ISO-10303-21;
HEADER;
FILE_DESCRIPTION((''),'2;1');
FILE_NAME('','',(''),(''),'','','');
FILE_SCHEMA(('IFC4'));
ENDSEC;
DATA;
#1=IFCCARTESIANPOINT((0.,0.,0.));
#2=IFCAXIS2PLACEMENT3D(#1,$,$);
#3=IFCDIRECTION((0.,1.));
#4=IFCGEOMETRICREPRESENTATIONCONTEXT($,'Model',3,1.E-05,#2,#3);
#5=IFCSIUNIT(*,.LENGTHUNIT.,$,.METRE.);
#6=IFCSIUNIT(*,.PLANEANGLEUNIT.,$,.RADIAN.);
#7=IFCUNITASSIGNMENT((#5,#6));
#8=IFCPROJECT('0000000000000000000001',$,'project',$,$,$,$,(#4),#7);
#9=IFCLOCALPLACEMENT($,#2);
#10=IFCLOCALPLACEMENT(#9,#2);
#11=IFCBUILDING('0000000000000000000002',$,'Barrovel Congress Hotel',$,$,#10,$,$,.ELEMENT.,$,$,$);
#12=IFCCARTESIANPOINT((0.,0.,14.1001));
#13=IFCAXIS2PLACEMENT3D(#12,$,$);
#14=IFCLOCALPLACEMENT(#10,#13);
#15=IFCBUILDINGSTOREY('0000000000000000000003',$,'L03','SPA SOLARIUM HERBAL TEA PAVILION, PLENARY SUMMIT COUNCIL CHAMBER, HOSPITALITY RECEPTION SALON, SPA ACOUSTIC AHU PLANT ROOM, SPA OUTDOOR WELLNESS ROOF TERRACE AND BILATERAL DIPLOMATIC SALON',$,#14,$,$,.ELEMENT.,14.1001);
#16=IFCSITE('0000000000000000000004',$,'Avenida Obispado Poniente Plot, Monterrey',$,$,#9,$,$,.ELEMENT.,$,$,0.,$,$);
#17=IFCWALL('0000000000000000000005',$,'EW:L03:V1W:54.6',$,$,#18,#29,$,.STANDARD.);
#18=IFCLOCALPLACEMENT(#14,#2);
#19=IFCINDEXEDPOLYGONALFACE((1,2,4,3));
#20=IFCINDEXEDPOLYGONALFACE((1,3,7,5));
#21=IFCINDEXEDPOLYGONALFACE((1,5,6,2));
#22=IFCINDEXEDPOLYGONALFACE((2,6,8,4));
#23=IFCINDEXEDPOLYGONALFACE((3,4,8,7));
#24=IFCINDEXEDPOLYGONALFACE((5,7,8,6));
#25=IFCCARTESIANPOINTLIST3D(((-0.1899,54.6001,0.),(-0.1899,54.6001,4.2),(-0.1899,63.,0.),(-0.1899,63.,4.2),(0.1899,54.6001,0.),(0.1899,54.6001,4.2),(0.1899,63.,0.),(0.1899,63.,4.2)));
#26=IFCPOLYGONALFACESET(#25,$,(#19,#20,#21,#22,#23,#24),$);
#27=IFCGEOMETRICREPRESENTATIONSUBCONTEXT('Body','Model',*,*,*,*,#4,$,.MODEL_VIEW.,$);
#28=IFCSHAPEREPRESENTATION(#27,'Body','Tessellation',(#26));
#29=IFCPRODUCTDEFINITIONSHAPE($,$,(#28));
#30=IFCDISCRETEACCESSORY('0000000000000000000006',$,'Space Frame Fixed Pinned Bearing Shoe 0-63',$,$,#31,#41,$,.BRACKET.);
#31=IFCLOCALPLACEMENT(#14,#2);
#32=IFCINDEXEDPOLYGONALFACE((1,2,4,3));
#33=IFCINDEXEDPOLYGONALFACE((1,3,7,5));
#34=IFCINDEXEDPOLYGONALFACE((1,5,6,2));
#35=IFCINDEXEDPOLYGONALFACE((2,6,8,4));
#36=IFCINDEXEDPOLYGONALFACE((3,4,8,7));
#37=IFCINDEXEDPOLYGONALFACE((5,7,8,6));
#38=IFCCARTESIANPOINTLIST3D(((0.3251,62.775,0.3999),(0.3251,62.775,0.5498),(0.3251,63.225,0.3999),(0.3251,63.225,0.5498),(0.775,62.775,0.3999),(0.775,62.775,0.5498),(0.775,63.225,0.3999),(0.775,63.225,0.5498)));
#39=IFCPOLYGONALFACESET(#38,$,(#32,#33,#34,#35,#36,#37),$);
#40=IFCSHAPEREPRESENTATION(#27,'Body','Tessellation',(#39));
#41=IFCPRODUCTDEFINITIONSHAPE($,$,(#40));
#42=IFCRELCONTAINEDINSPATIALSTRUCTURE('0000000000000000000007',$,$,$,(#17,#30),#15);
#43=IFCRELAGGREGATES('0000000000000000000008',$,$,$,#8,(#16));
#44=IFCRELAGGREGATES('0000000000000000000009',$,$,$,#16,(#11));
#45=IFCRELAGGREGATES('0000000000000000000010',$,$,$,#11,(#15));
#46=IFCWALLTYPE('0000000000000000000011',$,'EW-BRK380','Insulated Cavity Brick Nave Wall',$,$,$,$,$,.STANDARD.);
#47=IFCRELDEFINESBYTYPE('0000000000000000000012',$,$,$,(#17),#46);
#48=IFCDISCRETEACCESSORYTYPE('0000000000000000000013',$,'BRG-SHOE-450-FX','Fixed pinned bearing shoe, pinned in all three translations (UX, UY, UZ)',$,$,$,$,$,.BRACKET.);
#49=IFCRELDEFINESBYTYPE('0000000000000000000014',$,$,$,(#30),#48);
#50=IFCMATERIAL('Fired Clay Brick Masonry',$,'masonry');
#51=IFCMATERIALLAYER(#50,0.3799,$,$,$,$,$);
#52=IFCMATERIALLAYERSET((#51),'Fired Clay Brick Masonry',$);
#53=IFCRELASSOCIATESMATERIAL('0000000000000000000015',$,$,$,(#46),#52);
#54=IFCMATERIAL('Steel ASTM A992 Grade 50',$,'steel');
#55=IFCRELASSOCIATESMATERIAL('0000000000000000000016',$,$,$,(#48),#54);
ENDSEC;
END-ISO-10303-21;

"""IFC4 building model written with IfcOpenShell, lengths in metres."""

from ifc_helpers import new_model, si_unit, direction, frame, frame_2d, origin, origin_2d, place, context, subcontext, project, spatial, rectangle, extrude, material, layer, layer_set, type_object, element, save


model = new_model("IFC4")

# Units and contexts
model_context = context("Model", 3, precision=1e-05, world=origin(), true_north=direction((0.0, 1.0)))
body_context = subcontext(model_context, "Body", "Model", "MODEL_VIEW")
ifc_project = project(units=[si_unit("LENGTHUNIT", "METRE"), si_unit("PLANEANGLEUNIT", "RADIAN")], contexts=[model_context])

# Site, building, storey
site_placement = place(None, origin())
site = spatial("IfcSite", under=ifc_project, at=site_placement, Name="Avenida Obispado Poniente Plot, Monterrey", CompositionType="ELEMENT", RefElevation=0.0)
building_placement = place(site_placement, origin())
building = spatial("IfcBuilding", under=site, at=building_placement, Name="Barrovel Congress Hotel", CompositionType="ELEMENT")
storey_placement = place(building_placement, frame((0.0, 0.0, 14.1001)))
storey = spatial("IfcBuildingStorey", under=building, at=storey_placement, Name="L03", Description="SPA SOLARIUM HERBAL TEA PAVILION, PLENARY SUMMIT COUNCIL CHAMBER, HOSPITALITY RECEPTION SALON, SPA ACOUSTIC AHU PLANT ROOM, SPA OUTDOOR WELLNESS ROOF TERRACE AND BILATERAL DIPLOMATIC SALON", CompositionType="ELEMENT", Elevation=14.1001)

# Shared definitions
ifc_material_1 = material(Name="Steel ASTM A992 Grade 50", Category="steel")

# Wall
ifc_material_2 = material(Name="Fired Clay Brick Masonry", Category="masonry")
ifc_layer_1 = layer(ifc_material_2, 0.3799)
ifc_layer_set_1 = layer_set([ifc_layer_1], Name="Fired Clay Brick Masonry")
wall_type = type_object("IfcWallType", Name="EW-BRK380", Description="Insulated Cavity Brick Nave Wall", PredefinedType="STANDARD", material=ifc_layer_set_1)
wall_placement = place(storey_placement, frame((0.0, 63.0, 0.0), z_axis=(0.0, 0.0, 1.0), x_axis=(0.0, -1.0, 0.0)))
element("IfcWall", 1, at=wall_placement, inside=storey, type_object=wall_type, Name="EW:L03:V1W:54.6", PredefinedType="STANDARD", context=body_context, shape_type="SweptSolid", body=[
    extrude(rectangle(XDim=8.3999, YDim=0.3799, at=frame_2d((4.2, 0.0))), origin(), (0.0, 0.0, 1.0), 4.2),
])

# Discrete accessory
discrete_accessory_type = type_object("IfcDiscreteAccessoryType", Name="BRG-SHOE-450-FX", Description="Fixed pinned bearing shoe, pinned in all three translations (UX, UY, UZ)", PredefinedType="BRACKET", material=ifc_material_1)
discrete_accessory_placement = place(storey_placement, frame((0.55, 63.0, 0.3999), z_axis=(0.0, 0.0, 1.0), x_axis=(1.0, 0.0, 0.0)))
element("IfcDiscreteAccessory", 2, at=discrete_accessory_placement, inside=storey, type_object=discrete_accessory_type, Name="Space Frame Fixed Pinned Bearing Shoe 0-63", PredefinedType="BRACKET", context=body_context, shape_type="SweptSolid", body=[
    extrude(rectangle(XDim=0.45, YDim=0.45, at=origin_2d()), origin(), (0.0, 0.0, 1.0), 0.1499),
])

save(model, "model.ifc")
